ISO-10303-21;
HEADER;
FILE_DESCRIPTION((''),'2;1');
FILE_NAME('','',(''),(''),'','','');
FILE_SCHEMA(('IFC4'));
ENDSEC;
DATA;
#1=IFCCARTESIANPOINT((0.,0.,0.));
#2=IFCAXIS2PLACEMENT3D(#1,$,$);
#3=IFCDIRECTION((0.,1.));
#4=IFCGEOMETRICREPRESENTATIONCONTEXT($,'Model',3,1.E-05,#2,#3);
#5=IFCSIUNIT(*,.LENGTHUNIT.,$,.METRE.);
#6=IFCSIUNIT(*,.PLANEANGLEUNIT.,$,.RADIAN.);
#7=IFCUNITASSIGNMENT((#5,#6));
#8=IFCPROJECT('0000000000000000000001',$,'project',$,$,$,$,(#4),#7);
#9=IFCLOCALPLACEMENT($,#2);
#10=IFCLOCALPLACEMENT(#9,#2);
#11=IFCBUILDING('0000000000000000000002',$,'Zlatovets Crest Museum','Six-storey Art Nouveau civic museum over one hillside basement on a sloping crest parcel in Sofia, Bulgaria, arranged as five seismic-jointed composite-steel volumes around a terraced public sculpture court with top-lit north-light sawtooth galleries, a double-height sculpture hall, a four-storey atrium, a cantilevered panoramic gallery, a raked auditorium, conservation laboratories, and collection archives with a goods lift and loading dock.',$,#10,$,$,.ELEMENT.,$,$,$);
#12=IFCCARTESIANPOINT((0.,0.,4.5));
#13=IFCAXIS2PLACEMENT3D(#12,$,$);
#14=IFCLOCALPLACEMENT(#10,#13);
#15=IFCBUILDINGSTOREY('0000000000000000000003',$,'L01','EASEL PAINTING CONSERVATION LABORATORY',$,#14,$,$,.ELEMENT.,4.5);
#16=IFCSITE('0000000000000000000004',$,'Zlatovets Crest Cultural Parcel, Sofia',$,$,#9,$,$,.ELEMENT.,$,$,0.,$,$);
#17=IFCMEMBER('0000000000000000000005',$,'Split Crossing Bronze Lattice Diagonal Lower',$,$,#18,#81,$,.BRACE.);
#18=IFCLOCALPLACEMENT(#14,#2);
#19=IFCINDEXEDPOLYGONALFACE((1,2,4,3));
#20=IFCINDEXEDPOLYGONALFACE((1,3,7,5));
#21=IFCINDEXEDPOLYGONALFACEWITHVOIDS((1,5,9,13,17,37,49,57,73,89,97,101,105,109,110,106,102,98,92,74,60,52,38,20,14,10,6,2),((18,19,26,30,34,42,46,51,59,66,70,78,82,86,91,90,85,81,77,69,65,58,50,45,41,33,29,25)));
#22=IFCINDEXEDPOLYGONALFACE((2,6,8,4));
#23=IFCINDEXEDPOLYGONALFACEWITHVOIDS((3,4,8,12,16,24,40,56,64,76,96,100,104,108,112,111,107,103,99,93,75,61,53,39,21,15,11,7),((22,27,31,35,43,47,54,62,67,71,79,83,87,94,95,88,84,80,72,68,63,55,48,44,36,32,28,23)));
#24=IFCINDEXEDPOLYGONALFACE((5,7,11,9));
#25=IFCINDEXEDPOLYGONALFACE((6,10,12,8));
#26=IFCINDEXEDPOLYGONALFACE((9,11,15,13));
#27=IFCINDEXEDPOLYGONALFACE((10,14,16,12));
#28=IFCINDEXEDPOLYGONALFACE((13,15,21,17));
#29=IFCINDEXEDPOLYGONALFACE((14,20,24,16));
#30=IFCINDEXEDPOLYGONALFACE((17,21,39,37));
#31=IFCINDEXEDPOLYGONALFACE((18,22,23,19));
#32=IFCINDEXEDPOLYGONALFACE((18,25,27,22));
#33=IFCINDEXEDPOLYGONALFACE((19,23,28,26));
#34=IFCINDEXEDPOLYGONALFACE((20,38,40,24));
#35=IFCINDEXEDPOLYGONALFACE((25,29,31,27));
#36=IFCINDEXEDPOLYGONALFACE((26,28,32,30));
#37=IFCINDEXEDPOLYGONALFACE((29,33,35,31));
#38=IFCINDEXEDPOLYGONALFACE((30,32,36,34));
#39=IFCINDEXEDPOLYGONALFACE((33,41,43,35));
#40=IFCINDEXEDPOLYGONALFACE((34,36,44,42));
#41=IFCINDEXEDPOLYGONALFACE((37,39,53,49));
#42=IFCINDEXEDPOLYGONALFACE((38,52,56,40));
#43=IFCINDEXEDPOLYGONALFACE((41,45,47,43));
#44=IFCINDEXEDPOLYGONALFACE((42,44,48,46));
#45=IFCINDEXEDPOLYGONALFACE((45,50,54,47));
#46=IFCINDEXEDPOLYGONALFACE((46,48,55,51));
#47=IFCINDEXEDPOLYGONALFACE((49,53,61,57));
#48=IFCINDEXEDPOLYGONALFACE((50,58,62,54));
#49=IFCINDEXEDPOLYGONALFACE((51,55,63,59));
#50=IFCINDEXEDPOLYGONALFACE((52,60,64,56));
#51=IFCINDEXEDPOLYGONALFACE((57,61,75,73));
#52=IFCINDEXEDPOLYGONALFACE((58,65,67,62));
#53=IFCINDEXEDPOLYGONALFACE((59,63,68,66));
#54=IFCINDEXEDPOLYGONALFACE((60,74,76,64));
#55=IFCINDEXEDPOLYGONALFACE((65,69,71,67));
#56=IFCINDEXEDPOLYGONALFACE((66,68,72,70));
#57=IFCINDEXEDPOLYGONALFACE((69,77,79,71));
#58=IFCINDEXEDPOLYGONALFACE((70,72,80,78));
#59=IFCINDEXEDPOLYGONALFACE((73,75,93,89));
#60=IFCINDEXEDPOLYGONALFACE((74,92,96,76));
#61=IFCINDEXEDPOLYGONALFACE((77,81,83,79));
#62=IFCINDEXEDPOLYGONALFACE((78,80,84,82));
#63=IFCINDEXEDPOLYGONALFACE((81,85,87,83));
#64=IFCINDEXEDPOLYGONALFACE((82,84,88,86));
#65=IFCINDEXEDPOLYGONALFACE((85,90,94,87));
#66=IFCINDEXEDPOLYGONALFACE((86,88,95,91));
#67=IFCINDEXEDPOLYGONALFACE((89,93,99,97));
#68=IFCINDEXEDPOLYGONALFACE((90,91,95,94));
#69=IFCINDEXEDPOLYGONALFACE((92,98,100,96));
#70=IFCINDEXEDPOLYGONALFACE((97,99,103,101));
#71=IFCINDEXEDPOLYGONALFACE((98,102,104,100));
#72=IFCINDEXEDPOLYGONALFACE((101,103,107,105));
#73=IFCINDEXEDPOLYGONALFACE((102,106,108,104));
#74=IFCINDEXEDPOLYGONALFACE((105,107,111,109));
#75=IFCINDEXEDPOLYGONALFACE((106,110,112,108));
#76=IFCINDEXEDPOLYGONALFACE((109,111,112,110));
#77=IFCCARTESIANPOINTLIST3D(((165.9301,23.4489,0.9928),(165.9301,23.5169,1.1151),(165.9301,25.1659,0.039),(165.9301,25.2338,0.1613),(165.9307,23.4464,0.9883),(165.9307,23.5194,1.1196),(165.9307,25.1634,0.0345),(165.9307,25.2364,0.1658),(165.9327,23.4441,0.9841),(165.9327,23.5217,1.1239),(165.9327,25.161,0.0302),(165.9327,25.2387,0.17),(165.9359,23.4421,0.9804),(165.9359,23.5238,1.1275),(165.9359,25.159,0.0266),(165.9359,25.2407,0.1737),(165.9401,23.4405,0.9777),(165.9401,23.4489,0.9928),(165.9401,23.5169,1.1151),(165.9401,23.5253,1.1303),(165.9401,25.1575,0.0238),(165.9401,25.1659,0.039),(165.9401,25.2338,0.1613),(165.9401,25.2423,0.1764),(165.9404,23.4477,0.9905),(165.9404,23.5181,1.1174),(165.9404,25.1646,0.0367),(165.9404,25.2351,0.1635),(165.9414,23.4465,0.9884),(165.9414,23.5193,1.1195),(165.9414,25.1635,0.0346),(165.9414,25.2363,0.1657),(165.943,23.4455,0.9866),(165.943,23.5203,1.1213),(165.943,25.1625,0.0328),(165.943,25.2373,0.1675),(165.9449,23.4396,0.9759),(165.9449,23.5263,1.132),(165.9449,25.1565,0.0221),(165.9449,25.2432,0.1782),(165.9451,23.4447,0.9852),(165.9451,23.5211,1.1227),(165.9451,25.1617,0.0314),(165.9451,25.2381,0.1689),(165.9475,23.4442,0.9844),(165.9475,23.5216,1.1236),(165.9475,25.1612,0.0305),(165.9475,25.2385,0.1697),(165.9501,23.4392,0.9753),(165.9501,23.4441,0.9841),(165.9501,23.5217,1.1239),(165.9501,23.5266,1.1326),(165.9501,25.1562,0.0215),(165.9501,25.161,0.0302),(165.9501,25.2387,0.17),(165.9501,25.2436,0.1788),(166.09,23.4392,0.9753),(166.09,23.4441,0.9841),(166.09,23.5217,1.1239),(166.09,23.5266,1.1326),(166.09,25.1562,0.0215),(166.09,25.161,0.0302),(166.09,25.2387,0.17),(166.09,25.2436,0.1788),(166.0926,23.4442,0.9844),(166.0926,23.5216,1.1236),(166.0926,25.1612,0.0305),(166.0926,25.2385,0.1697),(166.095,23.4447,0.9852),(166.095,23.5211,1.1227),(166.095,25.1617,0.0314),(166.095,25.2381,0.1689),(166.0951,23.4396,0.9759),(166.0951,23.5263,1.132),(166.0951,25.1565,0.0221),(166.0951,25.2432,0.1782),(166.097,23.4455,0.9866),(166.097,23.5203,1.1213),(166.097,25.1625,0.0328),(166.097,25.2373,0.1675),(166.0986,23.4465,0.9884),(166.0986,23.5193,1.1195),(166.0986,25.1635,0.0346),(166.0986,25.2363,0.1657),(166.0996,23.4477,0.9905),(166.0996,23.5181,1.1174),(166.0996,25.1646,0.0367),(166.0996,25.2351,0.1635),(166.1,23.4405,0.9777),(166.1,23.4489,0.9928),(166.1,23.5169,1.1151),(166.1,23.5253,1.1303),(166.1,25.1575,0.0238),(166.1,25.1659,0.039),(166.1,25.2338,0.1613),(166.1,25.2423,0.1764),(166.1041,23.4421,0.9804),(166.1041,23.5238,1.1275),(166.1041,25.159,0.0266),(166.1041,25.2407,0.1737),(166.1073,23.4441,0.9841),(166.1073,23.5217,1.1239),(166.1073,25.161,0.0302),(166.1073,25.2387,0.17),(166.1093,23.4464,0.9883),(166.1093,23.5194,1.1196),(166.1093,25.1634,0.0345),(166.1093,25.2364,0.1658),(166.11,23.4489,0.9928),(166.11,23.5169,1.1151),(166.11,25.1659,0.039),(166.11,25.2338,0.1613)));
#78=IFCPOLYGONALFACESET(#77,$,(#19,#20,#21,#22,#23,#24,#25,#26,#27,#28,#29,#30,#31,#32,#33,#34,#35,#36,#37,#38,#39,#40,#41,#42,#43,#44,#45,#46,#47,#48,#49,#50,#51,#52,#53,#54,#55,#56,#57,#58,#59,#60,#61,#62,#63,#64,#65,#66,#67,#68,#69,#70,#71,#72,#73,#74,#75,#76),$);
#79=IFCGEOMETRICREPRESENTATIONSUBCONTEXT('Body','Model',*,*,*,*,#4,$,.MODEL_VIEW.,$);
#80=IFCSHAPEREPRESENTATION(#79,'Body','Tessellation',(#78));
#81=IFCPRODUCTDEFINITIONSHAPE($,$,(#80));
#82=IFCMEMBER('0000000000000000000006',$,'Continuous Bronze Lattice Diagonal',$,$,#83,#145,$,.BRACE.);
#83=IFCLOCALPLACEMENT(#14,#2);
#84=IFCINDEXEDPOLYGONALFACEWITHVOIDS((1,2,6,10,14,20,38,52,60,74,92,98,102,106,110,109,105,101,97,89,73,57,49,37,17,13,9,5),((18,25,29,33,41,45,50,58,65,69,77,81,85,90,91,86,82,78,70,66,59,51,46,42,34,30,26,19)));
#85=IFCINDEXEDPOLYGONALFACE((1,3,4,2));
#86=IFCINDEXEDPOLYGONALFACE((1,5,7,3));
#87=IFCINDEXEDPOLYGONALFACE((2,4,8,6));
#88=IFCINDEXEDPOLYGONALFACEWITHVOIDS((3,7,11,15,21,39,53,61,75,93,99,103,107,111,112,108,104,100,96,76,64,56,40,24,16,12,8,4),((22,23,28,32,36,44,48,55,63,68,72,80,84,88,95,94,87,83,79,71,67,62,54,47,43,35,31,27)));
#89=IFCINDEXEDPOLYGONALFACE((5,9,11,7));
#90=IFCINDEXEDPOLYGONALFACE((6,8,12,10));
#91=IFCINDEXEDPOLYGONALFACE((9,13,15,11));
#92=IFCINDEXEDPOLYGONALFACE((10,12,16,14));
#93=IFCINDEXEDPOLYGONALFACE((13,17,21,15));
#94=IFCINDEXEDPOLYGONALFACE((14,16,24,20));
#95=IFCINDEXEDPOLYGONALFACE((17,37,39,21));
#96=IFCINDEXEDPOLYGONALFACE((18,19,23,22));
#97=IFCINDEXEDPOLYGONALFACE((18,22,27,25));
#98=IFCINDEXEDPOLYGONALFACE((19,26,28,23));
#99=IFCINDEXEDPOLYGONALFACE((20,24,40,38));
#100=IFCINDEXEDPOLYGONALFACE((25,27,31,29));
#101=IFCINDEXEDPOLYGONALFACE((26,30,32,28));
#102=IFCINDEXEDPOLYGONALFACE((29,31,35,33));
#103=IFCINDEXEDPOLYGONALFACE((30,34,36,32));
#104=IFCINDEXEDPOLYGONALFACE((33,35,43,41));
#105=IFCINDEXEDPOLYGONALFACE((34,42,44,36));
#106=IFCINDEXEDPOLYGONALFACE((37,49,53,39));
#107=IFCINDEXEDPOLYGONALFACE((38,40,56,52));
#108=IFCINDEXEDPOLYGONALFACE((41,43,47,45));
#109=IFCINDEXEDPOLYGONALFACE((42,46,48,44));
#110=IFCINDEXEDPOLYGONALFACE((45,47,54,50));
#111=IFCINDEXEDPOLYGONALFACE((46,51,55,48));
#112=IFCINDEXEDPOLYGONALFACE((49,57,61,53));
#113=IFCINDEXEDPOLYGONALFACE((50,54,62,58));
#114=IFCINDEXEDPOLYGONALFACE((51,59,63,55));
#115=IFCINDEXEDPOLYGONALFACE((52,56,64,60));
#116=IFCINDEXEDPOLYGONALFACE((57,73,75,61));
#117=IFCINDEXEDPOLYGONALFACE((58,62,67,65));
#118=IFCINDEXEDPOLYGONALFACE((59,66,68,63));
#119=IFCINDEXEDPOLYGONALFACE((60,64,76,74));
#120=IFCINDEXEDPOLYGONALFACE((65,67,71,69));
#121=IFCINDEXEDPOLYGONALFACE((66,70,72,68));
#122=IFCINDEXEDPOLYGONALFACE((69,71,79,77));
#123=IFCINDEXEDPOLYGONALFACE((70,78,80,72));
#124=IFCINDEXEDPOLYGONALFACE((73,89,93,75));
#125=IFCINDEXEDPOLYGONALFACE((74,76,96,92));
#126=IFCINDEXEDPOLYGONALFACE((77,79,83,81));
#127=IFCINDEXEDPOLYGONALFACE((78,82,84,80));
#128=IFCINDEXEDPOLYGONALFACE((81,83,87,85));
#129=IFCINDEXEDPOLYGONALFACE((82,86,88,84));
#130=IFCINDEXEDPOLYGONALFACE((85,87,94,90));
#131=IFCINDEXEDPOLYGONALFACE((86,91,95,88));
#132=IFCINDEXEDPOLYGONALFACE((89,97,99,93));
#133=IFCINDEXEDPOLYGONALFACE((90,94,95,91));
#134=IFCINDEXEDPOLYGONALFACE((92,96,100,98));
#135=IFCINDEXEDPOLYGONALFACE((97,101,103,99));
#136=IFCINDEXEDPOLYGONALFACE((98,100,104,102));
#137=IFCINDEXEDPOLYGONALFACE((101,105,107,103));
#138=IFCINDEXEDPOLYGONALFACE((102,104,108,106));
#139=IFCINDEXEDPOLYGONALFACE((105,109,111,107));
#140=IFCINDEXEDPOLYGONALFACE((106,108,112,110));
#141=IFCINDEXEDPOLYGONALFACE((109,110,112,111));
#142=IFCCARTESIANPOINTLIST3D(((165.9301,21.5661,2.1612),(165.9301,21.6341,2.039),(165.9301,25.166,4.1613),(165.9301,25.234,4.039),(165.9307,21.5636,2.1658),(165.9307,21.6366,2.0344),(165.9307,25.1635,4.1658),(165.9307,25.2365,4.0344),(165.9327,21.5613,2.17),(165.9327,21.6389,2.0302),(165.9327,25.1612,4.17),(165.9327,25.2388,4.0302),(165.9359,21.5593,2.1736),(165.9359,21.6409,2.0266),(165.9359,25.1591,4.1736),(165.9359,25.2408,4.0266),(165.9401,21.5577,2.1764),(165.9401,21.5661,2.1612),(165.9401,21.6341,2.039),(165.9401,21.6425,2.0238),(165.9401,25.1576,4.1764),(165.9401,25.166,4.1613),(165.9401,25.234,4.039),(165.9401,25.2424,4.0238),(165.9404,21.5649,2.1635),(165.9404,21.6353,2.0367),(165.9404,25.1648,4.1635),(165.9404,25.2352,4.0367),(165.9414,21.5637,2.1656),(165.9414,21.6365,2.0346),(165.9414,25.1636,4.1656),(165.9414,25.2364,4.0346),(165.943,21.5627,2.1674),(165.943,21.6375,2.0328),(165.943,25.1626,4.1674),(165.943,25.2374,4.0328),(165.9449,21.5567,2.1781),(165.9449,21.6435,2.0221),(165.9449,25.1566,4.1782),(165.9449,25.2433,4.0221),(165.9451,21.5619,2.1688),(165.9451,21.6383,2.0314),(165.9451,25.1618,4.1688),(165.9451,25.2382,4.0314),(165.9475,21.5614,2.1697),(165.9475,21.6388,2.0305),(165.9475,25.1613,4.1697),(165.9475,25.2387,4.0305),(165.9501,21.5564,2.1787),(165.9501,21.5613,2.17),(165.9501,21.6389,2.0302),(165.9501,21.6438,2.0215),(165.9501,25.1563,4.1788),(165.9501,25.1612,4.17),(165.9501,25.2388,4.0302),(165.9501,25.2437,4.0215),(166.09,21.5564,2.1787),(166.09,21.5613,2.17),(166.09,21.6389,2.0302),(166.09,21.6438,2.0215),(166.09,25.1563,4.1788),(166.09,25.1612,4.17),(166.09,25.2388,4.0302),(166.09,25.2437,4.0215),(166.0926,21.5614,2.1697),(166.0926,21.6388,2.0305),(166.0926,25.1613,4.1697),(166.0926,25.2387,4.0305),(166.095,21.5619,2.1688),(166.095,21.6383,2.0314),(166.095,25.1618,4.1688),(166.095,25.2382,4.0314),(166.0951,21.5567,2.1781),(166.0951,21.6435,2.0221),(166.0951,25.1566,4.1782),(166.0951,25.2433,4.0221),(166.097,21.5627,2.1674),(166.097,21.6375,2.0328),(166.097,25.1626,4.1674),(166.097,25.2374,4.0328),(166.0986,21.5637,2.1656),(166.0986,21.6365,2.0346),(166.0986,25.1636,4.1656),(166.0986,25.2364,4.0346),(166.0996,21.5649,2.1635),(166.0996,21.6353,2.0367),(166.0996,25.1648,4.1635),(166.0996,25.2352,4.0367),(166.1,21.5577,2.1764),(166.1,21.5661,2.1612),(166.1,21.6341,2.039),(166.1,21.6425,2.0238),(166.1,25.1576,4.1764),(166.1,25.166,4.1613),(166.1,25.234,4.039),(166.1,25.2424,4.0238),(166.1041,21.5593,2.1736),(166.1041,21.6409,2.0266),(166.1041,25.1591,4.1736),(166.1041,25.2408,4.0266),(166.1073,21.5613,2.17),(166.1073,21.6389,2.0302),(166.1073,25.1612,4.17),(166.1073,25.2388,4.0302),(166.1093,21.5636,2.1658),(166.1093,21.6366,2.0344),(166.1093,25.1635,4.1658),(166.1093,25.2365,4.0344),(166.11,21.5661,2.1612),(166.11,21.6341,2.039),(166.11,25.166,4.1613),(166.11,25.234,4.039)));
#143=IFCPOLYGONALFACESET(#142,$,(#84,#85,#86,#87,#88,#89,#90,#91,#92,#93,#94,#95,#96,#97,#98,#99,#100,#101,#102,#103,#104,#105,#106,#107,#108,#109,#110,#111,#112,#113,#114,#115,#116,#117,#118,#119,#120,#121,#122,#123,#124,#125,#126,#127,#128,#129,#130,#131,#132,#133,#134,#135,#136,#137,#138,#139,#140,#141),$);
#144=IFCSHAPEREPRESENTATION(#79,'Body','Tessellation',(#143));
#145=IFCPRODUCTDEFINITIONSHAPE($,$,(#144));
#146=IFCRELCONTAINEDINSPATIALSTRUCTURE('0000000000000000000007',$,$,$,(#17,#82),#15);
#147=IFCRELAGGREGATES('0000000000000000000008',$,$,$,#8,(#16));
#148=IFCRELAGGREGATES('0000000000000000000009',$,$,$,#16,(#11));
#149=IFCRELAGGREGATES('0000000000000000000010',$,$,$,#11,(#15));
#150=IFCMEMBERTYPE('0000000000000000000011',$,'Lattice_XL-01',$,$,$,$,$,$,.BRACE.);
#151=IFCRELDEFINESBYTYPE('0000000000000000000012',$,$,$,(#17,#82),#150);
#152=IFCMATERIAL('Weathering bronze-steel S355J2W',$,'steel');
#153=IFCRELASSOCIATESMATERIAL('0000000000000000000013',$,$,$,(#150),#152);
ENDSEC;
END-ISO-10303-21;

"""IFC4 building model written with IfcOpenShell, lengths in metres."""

from ifc_helpers import new_model, si_unit, direction, frame, origin, origin_2d, place, context, subcontext, project, spatial, hollow_rectangle, extrude, material, material_profile, profile_set, type_object, element, save


model = new_model("IFC4")

# Units and contexts
model_context = context("Model", 3, precision=1e-05, world=origin(), true_north=direction((0.0, 1.0)))
body_context = subcontext(model_context, "Body", "Model", "MODEL_VIEW")
ifc_project = project(units=[si_unit("LENGTHUNIT", "METRE"), si_unit("PLANEANGLEUNIT", "RADIAN")], contexts=[model_context])

# Site, building, storey
site_placement = place(None, origin())
site = spatial("IfcSite", under=ifc_project, at=site_placement, Name="Zlatovets Crest Cultural Parcel, Sofia", CompositionType="ELEMENT", RefElevation=0.0)
building_placement = place(site_placement, origin())
building = spatial("IfcBuilding", under=site, at=building_placement, Name="Zlatovets Crest Museum", Description="Six-storey Art Nouveau civic museum over one hillside basement on a sloping crest parcel in Sofia, Bulgaria, arranged as five seismic-jointed composite-steel volumes around a terraced public sculpture court with top-lit north-light sawtooth galleries, a double-height sculpture hall, a four-storey atrium, a cantilevered panoramic gallery, a raked auditorium, conservation laboratories, and collection archives with a goods lift and loading dock.", CompositionType="ELEMENT")
storey_placement = place(building_placement, frame((0.0, 0.0, 4.5)))
storey = spatial("IfcBuildingStorey", under=building, at=storey_placement, Name="L01", Description="EASEL PAINTING CONSERVATION LABORATORY", CompositionType="ELEMENT", Elevation=4.5)

# Members
ifc_material_1 = material(Name="Weathering bronze-steel S355J2W", Category="steel")
ifc_material_profile_1 = material_profile(ifc_material_1, hollow_rectangle(XDim=0.1799, YDim=0.1799, WallThickness=0.01, InnerFilletRadius=0.01, OuterFilletRadius=0.02, at=origin_2d()), Name="SHS 180x180x10.0")
ifc_profile_set_1 = profile_set([ifc_material_profile_1], Name="Weathering bronze-steel S355J2W")
member_type_1 = type_object("IfcMemberType", Name="Lattice_XL-01", PredefinedType="BRACE", material=ifc_profile_set_1)
for number, where, z_axis, x_axis, name in (
    (1, (166.02, 23.4829, 1.054), (0.0, 0.874169, -0.485622), (-1.0, 0.0, 0.0), "Split Crossing Bronze Lattice Diagonal Lower"),
):
    element("IfcMember", number, at=place(storey_placement, frame(where, z_axis=z_axis, x_axis=x_axis)), inside=storey, type_object=member_type_1, Name=name, PredefinedType="BRACE", context=body_context, shape_type="SweptSolid", body=[
        extrude(hollow_rectangle(XDim=0.1799, YDim=0.1799, WallThickness=0.01, InnerFilletRadius=0.01, OuterFilletRadius=0.02, at=origin_2d()), origin(), (0.0, 0.0, 1.0), 1.9641),
    ])
member_1_placement = place(storey_placement, frame((166.02, 21.6001, 2.1001), z_axis=(0.0, 0.874149, 0.485658), x_axis=(-1.0, 0.0, 0.0)))
element("IfcMember", 2, at=member_1_placement, inside=storey, type_object=member_type_1, Name="Continuous Bronze Lattice Diagonal", PredefinedType="BRACE", context=body_context, shape_type="SweptSolid", body=[
    extrude(hollow_rectangle(XDim=0.1799, YDim=0.1799, WallThickness=0.01, InnerFilletRadius=0.01, OuterFilletRadius=0.02, at=origin_2d()), origin(), (0.0, 0.0, 1.0), 4.1182),
])

save(model, "model.ifc")
